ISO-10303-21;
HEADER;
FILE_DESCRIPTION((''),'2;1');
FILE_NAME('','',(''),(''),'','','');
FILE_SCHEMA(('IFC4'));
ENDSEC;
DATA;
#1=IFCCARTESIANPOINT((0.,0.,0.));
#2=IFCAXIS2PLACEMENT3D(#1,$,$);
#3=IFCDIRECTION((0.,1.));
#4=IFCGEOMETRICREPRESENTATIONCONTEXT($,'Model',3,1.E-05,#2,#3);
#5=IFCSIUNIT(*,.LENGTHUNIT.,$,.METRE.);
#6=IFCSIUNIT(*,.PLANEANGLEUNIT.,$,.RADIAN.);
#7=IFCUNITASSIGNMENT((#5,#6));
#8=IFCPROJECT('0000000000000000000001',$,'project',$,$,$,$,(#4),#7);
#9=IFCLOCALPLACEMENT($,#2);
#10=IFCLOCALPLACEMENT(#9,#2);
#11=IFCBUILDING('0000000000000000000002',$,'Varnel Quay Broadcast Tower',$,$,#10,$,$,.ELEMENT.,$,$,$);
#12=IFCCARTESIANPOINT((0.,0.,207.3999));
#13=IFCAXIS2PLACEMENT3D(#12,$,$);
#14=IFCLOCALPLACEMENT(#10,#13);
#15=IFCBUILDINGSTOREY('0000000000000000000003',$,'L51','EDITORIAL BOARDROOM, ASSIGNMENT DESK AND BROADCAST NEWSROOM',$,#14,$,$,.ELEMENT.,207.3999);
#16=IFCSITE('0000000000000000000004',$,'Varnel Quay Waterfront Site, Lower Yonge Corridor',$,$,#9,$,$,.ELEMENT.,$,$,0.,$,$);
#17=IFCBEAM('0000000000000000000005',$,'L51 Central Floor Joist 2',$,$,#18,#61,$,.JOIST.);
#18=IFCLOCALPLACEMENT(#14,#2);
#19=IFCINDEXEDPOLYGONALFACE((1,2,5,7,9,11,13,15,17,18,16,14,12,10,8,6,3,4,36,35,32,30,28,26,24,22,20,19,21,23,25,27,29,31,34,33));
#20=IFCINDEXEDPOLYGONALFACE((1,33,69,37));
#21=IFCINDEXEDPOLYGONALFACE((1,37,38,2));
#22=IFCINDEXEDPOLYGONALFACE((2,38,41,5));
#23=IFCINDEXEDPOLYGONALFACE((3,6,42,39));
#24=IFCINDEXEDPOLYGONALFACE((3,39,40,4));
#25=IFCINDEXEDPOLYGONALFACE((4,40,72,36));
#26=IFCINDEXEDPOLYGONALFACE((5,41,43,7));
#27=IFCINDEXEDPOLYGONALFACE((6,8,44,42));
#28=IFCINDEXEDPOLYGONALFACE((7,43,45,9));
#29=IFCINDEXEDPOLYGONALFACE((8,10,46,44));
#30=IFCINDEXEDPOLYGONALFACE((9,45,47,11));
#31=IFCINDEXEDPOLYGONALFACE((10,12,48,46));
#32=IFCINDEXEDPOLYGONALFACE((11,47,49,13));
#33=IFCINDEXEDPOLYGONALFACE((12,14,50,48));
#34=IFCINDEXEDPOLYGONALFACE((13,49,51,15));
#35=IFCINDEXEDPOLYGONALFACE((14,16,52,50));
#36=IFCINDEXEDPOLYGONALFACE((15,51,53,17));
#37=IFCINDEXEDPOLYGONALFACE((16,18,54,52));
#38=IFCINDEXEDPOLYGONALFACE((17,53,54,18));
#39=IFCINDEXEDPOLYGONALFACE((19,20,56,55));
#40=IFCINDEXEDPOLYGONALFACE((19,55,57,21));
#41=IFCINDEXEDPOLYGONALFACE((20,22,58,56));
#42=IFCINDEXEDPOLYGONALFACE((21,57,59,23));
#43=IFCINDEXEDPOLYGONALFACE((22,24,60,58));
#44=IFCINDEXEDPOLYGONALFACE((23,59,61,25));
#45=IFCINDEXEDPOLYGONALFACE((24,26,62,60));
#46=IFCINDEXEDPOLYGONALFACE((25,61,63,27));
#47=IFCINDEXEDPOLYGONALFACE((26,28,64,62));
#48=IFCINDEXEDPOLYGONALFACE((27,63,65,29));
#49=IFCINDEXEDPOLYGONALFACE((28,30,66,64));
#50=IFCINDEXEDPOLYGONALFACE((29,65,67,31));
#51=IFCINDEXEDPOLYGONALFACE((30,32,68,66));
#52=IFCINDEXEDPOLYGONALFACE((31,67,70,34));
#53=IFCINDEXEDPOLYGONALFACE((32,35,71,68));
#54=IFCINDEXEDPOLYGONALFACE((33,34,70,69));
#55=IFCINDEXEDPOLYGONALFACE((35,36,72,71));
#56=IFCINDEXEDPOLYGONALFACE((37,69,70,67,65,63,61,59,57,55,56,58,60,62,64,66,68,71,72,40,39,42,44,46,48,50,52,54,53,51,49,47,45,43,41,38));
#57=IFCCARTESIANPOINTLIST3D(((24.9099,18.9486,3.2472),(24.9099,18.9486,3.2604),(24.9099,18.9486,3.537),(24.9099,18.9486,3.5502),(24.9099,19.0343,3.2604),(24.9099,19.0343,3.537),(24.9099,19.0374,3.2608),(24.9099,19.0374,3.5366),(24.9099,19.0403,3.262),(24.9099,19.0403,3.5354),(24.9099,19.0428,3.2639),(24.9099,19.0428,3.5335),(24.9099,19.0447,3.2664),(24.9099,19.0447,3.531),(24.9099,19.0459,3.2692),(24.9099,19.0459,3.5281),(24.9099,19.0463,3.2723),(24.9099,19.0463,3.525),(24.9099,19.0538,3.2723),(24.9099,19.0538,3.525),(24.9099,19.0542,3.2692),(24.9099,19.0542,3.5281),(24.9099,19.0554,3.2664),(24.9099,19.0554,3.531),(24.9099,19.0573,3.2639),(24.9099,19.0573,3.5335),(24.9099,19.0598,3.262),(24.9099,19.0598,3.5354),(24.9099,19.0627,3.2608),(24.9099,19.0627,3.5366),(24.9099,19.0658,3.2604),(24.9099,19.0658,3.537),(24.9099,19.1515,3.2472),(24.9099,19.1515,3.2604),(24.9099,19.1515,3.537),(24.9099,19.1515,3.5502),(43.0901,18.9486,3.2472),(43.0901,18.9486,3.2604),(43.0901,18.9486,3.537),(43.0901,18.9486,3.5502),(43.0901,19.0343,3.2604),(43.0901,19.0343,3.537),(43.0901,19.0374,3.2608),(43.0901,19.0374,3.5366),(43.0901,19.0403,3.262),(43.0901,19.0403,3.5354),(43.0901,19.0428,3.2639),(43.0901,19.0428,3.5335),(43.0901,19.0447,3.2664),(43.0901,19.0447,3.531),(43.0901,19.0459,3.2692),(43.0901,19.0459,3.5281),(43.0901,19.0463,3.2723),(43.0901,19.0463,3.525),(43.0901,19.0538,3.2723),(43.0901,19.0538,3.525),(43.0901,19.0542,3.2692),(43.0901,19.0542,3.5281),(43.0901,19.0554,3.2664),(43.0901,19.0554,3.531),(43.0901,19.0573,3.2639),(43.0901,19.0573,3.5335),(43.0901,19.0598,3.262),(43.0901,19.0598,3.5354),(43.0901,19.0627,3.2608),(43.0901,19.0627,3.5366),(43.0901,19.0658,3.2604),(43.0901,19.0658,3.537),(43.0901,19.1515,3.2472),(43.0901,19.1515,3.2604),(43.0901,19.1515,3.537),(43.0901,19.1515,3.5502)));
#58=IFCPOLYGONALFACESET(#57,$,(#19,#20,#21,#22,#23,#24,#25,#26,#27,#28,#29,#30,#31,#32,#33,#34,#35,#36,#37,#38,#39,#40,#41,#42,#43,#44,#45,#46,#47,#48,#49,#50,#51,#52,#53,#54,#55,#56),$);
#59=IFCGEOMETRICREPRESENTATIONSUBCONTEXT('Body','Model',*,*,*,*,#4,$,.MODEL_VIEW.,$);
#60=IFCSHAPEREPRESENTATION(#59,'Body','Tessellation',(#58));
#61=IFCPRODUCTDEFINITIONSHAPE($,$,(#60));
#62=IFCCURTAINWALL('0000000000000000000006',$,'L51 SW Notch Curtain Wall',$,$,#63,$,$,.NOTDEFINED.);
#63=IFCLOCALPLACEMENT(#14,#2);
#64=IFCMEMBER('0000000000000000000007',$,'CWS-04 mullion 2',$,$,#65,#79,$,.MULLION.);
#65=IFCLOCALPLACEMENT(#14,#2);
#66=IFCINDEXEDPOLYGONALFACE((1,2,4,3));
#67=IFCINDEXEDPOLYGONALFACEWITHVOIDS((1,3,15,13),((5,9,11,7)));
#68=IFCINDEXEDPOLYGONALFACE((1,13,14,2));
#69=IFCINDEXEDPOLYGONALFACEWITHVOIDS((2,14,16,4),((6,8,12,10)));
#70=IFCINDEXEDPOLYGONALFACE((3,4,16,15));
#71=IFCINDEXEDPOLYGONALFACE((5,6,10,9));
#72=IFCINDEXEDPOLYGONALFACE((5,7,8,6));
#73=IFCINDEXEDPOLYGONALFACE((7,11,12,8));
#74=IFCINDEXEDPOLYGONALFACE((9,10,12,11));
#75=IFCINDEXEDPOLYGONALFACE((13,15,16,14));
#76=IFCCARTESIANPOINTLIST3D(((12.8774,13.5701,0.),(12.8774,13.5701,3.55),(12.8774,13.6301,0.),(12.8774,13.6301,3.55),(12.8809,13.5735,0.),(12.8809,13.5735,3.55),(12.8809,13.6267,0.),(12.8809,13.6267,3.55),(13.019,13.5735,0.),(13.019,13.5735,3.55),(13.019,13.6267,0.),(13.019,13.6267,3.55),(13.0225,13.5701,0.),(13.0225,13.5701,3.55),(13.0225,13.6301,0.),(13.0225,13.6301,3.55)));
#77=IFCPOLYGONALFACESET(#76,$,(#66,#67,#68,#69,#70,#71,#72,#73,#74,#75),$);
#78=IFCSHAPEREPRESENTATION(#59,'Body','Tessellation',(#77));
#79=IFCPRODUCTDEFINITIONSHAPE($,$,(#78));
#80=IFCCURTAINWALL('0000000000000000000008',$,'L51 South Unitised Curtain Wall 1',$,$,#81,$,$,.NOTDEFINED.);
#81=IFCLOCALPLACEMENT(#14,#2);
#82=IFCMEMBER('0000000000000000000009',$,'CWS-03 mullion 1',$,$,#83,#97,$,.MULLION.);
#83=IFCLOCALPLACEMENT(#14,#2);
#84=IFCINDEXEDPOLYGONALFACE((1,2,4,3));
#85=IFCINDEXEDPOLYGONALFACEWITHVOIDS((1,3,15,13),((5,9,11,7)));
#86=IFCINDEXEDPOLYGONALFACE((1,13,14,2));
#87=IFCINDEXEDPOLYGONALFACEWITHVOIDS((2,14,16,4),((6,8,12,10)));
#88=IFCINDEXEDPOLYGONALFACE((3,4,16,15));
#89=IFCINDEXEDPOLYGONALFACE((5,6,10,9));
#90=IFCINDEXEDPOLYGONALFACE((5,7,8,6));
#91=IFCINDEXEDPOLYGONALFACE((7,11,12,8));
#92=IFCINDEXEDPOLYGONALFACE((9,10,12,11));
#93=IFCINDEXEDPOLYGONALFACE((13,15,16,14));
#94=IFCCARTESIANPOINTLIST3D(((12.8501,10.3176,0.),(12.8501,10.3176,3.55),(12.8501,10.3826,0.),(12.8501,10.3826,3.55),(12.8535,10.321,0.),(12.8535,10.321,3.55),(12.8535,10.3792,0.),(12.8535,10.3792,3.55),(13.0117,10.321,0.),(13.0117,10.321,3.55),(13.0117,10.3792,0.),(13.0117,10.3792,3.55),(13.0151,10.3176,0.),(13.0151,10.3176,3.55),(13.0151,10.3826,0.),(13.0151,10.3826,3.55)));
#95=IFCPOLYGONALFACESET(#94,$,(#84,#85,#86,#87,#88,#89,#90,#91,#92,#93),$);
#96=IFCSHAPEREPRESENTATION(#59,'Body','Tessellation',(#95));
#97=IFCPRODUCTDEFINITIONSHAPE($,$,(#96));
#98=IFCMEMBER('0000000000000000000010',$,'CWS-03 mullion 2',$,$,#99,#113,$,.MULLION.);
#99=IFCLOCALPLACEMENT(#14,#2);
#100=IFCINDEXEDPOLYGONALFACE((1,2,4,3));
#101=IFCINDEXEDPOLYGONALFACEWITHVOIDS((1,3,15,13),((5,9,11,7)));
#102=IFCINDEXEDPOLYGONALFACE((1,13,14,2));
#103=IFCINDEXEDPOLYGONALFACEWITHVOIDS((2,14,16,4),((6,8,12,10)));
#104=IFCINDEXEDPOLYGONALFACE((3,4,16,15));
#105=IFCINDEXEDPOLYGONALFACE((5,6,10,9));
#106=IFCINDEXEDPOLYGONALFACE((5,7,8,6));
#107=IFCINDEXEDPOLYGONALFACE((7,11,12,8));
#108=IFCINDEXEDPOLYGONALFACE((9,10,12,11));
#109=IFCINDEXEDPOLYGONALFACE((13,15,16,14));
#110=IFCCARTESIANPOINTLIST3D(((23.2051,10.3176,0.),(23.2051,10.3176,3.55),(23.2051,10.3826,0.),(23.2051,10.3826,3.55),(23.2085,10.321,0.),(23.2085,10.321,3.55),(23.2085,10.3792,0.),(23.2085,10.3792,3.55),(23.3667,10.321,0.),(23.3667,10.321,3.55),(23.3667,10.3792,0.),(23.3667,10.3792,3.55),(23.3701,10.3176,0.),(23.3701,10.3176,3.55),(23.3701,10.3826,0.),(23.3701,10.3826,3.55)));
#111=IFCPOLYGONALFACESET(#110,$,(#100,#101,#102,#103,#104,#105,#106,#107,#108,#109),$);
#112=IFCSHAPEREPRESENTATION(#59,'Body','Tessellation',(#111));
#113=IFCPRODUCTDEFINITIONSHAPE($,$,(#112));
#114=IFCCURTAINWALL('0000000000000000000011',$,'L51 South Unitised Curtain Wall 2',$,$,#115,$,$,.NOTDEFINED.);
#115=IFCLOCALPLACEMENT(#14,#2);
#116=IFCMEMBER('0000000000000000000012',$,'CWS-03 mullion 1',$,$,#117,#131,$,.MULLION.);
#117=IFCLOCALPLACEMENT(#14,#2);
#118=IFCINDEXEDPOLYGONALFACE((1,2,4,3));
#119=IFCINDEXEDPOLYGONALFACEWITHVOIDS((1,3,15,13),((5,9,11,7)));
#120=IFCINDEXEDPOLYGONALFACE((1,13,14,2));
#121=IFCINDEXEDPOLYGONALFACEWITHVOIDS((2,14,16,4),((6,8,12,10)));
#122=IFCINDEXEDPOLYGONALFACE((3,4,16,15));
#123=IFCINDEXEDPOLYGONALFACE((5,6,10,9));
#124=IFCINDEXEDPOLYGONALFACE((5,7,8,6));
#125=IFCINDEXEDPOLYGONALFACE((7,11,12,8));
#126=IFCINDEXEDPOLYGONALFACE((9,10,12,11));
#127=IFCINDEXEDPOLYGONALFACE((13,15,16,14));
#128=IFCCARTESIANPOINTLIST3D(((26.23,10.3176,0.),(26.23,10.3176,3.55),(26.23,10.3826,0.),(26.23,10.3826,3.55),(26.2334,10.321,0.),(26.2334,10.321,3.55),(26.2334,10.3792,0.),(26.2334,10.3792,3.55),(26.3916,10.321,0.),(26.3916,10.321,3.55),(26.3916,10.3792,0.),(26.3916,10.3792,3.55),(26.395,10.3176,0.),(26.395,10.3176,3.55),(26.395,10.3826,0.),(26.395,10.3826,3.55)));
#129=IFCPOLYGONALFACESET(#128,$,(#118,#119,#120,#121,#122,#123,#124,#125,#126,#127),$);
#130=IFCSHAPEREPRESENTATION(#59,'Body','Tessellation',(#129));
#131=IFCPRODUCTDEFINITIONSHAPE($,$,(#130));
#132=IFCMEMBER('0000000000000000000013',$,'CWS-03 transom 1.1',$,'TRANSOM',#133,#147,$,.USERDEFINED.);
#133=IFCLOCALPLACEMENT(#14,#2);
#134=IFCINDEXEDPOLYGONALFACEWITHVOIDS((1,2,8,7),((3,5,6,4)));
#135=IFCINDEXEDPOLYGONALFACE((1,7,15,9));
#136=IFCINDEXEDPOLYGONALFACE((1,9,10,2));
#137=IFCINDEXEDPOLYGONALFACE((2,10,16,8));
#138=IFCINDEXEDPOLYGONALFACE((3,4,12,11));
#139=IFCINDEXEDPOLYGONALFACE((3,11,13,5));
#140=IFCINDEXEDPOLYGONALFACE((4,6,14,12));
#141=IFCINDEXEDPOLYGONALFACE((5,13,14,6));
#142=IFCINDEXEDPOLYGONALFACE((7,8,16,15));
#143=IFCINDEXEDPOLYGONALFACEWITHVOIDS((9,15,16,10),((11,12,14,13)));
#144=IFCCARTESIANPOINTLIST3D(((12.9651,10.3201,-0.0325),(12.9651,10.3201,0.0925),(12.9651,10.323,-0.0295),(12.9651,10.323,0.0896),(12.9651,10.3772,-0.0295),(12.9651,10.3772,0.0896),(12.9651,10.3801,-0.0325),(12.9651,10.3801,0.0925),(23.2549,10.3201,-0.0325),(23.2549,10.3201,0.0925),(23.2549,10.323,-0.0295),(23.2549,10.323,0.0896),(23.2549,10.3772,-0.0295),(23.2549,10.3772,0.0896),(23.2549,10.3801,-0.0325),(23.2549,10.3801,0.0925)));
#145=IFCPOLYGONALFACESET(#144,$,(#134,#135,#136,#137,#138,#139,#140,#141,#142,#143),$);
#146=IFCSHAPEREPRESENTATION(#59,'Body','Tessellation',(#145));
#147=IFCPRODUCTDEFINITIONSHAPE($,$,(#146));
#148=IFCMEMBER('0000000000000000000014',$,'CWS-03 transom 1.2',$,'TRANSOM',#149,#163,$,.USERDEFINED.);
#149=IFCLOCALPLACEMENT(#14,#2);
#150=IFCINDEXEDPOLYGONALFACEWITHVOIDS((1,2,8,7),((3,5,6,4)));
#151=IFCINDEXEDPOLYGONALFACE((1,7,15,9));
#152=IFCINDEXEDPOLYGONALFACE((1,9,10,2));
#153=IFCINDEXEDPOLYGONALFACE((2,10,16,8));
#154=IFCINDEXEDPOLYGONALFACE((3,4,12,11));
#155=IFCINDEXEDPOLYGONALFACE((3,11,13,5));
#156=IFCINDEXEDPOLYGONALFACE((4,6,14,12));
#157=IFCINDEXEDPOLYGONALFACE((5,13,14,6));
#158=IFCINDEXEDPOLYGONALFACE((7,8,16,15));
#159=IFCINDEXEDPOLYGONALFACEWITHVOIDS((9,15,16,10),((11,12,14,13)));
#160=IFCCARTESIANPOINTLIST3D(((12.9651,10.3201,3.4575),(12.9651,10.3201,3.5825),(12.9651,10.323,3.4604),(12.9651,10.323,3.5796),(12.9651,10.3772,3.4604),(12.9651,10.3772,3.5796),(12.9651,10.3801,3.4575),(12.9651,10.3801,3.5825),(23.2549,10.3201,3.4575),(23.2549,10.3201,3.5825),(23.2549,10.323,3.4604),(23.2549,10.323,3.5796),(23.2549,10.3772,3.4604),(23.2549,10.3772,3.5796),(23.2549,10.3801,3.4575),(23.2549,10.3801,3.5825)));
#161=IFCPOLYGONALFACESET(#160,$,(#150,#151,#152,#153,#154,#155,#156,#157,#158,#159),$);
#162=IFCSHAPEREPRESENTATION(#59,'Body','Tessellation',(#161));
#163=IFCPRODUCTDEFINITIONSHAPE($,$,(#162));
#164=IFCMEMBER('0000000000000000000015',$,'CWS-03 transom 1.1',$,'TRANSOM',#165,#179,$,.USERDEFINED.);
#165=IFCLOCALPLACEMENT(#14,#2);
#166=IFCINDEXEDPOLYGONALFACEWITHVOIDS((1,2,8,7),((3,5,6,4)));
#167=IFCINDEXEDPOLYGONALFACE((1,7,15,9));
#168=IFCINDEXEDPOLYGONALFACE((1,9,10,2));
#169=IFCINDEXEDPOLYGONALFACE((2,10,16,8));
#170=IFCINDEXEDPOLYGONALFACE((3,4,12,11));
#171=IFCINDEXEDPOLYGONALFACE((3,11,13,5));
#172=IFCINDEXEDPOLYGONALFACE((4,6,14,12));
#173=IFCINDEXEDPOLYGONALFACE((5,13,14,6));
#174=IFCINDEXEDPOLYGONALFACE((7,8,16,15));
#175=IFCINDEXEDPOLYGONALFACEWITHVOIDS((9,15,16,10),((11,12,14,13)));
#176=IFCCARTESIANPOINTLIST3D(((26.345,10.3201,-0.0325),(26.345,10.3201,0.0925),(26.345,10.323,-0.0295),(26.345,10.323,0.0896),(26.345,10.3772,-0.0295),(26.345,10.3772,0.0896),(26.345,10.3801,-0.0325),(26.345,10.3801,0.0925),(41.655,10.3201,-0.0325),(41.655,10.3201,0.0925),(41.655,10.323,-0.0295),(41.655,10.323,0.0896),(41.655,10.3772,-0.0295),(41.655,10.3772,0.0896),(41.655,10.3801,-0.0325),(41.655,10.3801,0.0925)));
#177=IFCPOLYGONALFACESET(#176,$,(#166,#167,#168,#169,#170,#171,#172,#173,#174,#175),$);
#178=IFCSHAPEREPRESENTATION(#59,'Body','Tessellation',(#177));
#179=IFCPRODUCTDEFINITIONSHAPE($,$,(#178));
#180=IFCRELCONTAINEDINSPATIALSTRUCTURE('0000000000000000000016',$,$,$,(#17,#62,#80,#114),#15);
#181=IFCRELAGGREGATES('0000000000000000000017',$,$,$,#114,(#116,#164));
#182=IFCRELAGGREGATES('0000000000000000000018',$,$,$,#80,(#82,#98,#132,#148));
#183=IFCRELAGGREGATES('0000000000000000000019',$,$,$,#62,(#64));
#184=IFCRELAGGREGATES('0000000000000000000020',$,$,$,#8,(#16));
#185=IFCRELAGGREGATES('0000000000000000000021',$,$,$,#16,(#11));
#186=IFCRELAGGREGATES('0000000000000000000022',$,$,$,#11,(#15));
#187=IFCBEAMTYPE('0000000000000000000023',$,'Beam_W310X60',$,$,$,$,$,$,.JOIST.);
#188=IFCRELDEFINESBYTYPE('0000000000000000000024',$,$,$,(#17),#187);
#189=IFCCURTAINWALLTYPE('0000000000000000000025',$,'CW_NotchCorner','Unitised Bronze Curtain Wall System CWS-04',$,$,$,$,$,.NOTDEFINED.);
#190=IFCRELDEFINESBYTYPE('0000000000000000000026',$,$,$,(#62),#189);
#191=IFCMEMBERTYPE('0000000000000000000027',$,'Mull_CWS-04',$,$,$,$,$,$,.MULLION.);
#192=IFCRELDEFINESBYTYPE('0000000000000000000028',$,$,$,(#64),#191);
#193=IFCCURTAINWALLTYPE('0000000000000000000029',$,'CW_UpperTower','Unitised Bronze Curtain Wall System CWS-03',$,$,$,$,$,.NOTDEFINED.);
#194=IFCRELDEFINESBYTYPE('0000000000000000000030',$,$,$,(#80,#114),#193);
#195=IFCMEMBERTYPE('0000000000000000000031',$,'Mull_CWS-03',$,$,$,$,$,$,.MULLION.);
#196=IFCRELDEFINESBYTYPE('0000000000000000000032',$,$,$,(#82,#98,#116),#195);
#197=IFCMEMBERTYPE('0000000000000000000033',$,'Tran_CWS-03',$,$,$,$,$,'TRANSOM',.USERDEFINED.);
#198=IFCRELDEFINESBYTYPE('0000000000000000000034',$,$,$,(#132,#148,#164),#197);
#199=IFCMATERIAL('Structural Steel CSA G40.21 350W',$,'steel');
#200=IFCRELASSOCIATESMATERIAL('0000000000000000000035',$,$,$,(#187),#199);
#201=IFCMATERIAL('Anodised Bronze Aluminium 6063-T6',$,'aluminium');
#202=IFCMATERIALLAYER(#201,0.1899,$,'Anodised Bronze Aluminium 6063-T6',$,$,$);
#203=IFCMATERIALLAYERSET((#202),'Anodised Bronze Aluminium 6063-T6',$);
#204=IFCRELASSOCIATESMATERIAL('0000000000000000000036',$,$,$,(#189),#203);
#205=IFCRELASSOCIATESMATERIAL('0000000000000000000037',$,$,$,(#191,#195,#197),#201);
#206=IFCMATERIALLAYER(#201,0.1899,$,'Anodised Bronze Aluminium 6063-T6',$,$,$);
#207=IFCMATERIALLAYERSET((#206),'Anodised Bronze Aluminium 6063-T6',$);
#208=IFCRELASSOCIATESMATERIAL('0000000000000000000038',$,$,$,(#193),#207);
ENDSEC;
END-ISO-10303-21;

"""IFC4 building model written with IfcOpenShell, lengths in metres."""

from ifc_helpers import new_model, si_unit, direction, frame, origin, origin_2d, place, context, subcontext, project, spatial, hollow_rectangle, i_section, extrude, source, transform, mapped, material, layer, layer_set, material_profile, profile_set, type_object, type_shapes, element, aggregate, save


model = new_model("IFC4")

# Units and contexts
model_context = context("Model", 3, precision=1e-05, world=origin(), true_north=direction((0.0, 1.0)))
body_context = subcontext(model_context, "Body", "Model", "MODEL_VIEW")
ifc_project = project(units=[si_unit("LENGTHUNIT", "METRE"), si_unit("PLANEANGLEUNIT", "RADIAN")], contexts=[model_context])

# Site, building, storey
site_placement = place(None, origin())
site = spatial("IfcSite", under=ifc_project, at=site_placement, Name="Varnel Quay Waterfront Site, Lower Yonge Corridor", CompositionType="ELEMENT", RefElevation=0.0)
building_placement = place(site_placement, origin())
building = spatial("IfcBuilding", under=site, at=building_placement, Name="Varnel Quay Broadcast Tower", CompositionType="ELEMENT")
storey_placement = place(building_placement, frame((0.0, 0.0, 207.3999)))
storey = spatial("IfcBuildingStorey", under=building, at=storey_placement, Name="L51", Description="EDITORIAL BOARDROOM, ASSIGNMENT DESK AND BROADCAST NEWSROOM", CompositionType="ELEMENT", Elevation=207.3999)

# Shared definitions
ifc_material_1 = material(Name="Structural Steel CSA G40.21 350W", Category="steel")

# Beam
ifc_material_profile_1 = material_profile(ifc_material_1, i_section(OverallWidth=0.2029, OverallDepth=0.303, WebThickness=0.0076, FlangeThickness=0.0132, FilletRadius=0.012, at=origin_2d()), Name="W310X60")
ifc_profile_set_1 = profile_set([ifc_material_profile_1], Name="Structural Steel CSA G40.21 350W")
beam_type_1 = type_object("IfcBeamType", Name="Beam_W310X60", PredefinedType="JOIST", material=ifc_profile_set_1)
shared_shape_1 = source(origin(), body_context, "Body", "SweptSolid", [
    extrude(i_section(OverallWidth=0.2029, OverallDepth=0.303, WebThickness=0.0076, FlangeThickness=0.0132, FilletRadius=0.012, at=origin_2d()), origin(), (0.0, 0.0, 1.0), 18.1802),
])
type_shapes(beam_type_1, [shared_shape_1])
beam_1_placement = place(storey_placement, frame((24.9099, 19.05, 3.3987), z_axis=(1.0, 0.0, 0.0), x_axis=(0.0, 1.0, 0.0)))
element("IfcBeam", 1, at=beam_1_placement, inside=storey, type_object=beam_type_1, Name="L51 Central Floor Joist 2", PredefinedType="JOIST", context=body_context, shape_type="MappedRepresentation", body=[
    mapped(shared_shape_1, transform((0.0, 0.0, 0.0), x_axis=(1.0, 0.0, 0.0), y_axis=(0.0, 1.0, 0.0), z_axis=(0.0, 0.0, 1.0), scale=1.0)),
])

# Curtain wall, member
ifc_material_2 = material(Name="Anodised Bronze Aluminium 6063-T6", Category="aluminium")
ifc_layer_1 = layer(ifc_material_2, 0.1899, Name="Anodised Bronze Aluminium 6063-T6")
ifc_layer_set_1 = layer_set([ifc_layer_1], Name="Anodised Bronze Aluminium 6063-T6")
curtain_wall_type_1 = type_object("IfcCurtainWallType", Name="CW_NotchCorner", Description="Unitised Bronze Curtain Wall System CWS-04", PredefinedType="NOTDEFINED", material=ifc_layer_set_1)
curtain_wall_1_placement = place(storey_placement, origin())
curtain_wall_1 = element("IfcCurtainWall", 2, at=curtain_wall_1_placement, inside=storey, type_object=curtain_wall_type_1, Name="L51 SW Notch Curtain Wall", PredefinedType="NOTDEFINED")
ifc_material_profile_2 = material_profile(ifc_material_2, hollow_rectangle(XDim=0.0601, YDim=0.145, WallThickness=0.0034, at=origin_2d()), Name="ALU60X145X3.5")
ifc_profile_set_2 = profile_set([ifc_material_profile_2], Name="Anodised Bronze Aluminium 6063-T6")
member_type_1 = type_object("IfcMemberType", Name="Mull_CWS-04", PredefinedType="MULLION", material=ifc_profile_set_2)
shared_shape_2 = source(origin(), body_context, "Body", "SweptSolid", [
    extrude(hollow_rectangle(XDim=0.0601, YDim=0.145, WallThickness=0.0034, at=origin_2d()), origin(), (0.0, 0.0, 1.0), 3.55),
])
type_shapes(member_type_1, [shared_shape_2])
member_1_placement = place(storey_placement, frame((12.95, 13.6001, 0.0), z_axis=(0.0, 0.0, 1.0), x_axis=(0.0, 1.0, 0.0)))
member_1 = element("IfcMember", 3, at=member_1_placement, type_object=member_type_1, Name="CWS-04 mullion 2", PredefinedType="MULLION", context=body_context, shape_type="MappedRepresentation", body=[
    mapped(shared_shape_2, transform((0.0, 0.0, 0.0), x_axis=(1.0, 0.0, 0.0), y_axis=(0.0, 1.0, 0.0), z_axis=(0.0, 0.0, 1.0), scale=1.0)),
])

# Curtain wall, members
ifc_layer_2 = layer(ifc_material_2, 0.1899, Name="Anodised Bronze Aluminium 6063-T6")
ifc_layer_set_2 = layer_set([ifc_layer_2], Name="Anodised Bronze Aluminium 6063-T6")
curtain_wall_type_2 = type_object("IfcCurtainWallType", Name="CW_UpperTower", Description="Unitised Bronze Curtain Wall System CWS-03", PredefinedType="NOTDEFINED", material=ifc_layer_set_2)
curtain_wall_2_placement = place(storey_placement, origin())
curtain_wall_2 = element("IfcCurtainWall", 4, at=curtain_wall_2_placement, inside=storey, type_object=curtain_wall_type_2, Name="L51 South Unitised Curtain Wall 1", PredefinedType="NOTDEFINED")
ifc_material_profile_3 = material_profile(ifc_material_2, hollow_rectangle(XDim=0.0649, YDim=0.165, WallThickness=0.0034, at=origin_2d()), Name="ALU65X165X3.5")
ifc_profile_set_3 = profile_set([ifc_material_profile_3], Name="Anodised Bronze Aluminium 6063-T6")
member_type_2 = type_object("IfcMemberType", Name="Mull_CWS-03", PredefinedType="MULLION", material=ifc_profile_set_3)
shared_shape_3 = source(origin(), body_context, "Body", "SweptSolid", [
    extrude(hollow_rectangle(XDim=0.0649, YDim=0.165, WallThickness=0.0034, at=origin_2d()), origin(), (0.0, 0.0, 1.0), 3.55),
])
type_shapes(member_type_2, [shared_shape_3])
member_2_placement = place(storey_placement, frame((12.9326, 10.3501, 0.0), z_axis=(0.0, 0.0, 1.0), x_axis=(0.0, 1.0, 0.0)))
member_2 = element("IfcMember", 5, at=member_2_placement, type_object=member_type_2, Name="CWS-03 mullion 1", PredefinedType="MULLION", context=body_context, shape_type="MappedRepresentation", body=[
    mapped(shared_shape_3, transform((0.0, 0.0, 0.0), x_axis=(1.0, 0.0, 0.0), y_axis=(0.0, 1.0, 0.0), z_axis=(0.0, 0.0, 1.0), scale=1.0)),
])
member_3_placement = place(storey_placement, frame((23.2876, 10.3501, 0.0), z_axis=(0.0, 0.0, 1.0), x_axis=(0.0, 1.0, 0.0)))
member_3 = element("IfcMember", 6, at=member_3_placement, type_object=member_type_2, Name="CWS-03 mullion 2", PredefinedType="MULLION", context=body_context, shape_type="MappedRepresentation", body=[
    mapped(shared_shape_3, transform((0.0, 0.0, 0.0), x_axis=(1.0, 0.0, 0.0), y_axis=(0.0, 1.0, 0.0), z_axis=(0.0, 0.0, 1.0), scale=1.0)),
])

# Curtain wall, member
curtain_wall_3_placement = place(storey_placement, origin())
curtain_wall_3 = element("IfcCurtainWall", 7, at=curtain_wall_3_placement, inside=storey, type_object=curtain_wall_type_2, Name="L51 South Unitised Curtain Wall 2", PredefinedType="NOTDEFINED")
member_4_placement = place(storey_placement, frame((26.3125, 10.3501, 0.0), z_axis=(0.0, 0.0, 1.0), x_axis=(0.0, 1.0, 0.0)))
member_4 = element("IfcMember", 8, at=member_4_placement, type_object=member_type_2, Name="CWS-03 mullion 1", PredefinedType="MULLION", context=body_context, shape_type="MappedRepresentation", body=[
    mapped(shared_shape_3, transform((0.0, 0.0, 0.0), x_axis=(1.0, 0.0, 0.0), y_axis=(0.0, 1.0, 0.0), z_axis=(0.0, 0.0, 1.0), scale=1.0)),
])

# Members
ifc_material_profile_4 = material_profile(ifc_material_2, hollow_rectangle(XDim=0.0601, YDim=0.125, WallThickness=0.0029, at=origin_2d()), Name="ALU60X125X3")
ifc_profile_set_4 = profile_set([ifc_material_profile_4], Name="Anodised Bronze Aluminium 6063-T6")
member_type_3 = type_object("IfcMemberType", Name="Tran_CWS-03", ElementType="TRANSOM", PredefinedType="USERDEFINED", material=ifc_profile_set_4)
shared_shape_4 = source(origin(), body_context, "Body", "SweptSolid", [
    extrude(hollow_rectangle(XDim=0.0601, YDim=0.125, WallThickness=0.0029, at=origin_2d()), origin(), (0.0, 0.0, 1.0), 10.2898),
])
member_5_placement = place(storey_placement, frame((12.9651, 10.3501, 0.03), z_axis=(1.0, 0.0, 0.0), x_axis=(0.0, 1.0, 0.0)))
member_5 = element("IfcMember", 9, at=member_5_placement, type_object=member_type_3, Name="CWS-03 transom 1.1", ObjectType="TRANSOM", PredefinedType="USERDEFINED", context=body_context, shape_type="MappedRepresentation", body=[
    mapped(shared_shape_4, transform((0.0, 0.0, 0.0), x_axis=(1.0, 0.0, 0.0), y_axis=(0.0, 1.0, 0.0), z_axis=(0.0, 0.0, 1.0), scale=1.0)),
])
member_6_placement = place(storey_placement, frame((12.9651, 10.3501, 3.52), z_axis=(1.0, 0.0, 0.0), x_axis=(0.0, 1.0, 0.0)))
member_6 = element("IfcMember", 10, at=member_6_placement, type_object=member_type_3, Name="CWS-03 transom 1.2", ObjectType="TRANSOM", PredefinedType="USERDEFINED", context=body_context, shape_type="MappedRepresentation", body=[
    mapped(shared_shape_4, transform((0.0, 0.0, 0.0), x_axis=(1.0, 0.0, 0.0), y_axis=(0.0, 1.0, 0.0), z_axis=(0.0, 0.0, 1.0), scale=1.0)),
])
shared_shape_5 = source(origin(), body_context, "Body", "SweptSolid", [
    extrude(hollow_rectangle(XDim=0.0601, YDim=0.125, WallThickness=0.0029, at=origin_2d()), origin(), (0.0, 0.0, 1.0), 15.3101),
])
type_shapes(member_type_3, [shared_shape_4, shared_shape_5])
member_7_placement = place(storey_placement, frame((26.345, 10.3501, 0.03), z_axis=(1.0, 0.0, 0.0), x_axis=(0.0, 1.0, 0.0)))
member_7 = element("IfcMember", 11, at=member_7_placement, type_object=member_type_3, Name="CWS-03 transom 1.1", ObjectType="TRANSOM", PredefinedType="USERDEFINED", context=body_context, shape_type="MappedRepresentation", body=[
    mapped(shared_shape_5, transform((0.0, 0.0, 0.0), x_axis=(1.0, 0.0, 0.0), y_axis=(0.0, 1.0, 0.0), z_axis=(0.0, 0.0, 1.0), scale=1.0)),
])
aggregate(curtain_wall_3, [member_4, member_7])

aggregate(curtain_wall_2, [member_2, member_3, member_5, member_6])
aggregate(curtain_wall_1, [member_1])

save(model, "model.ifc")
